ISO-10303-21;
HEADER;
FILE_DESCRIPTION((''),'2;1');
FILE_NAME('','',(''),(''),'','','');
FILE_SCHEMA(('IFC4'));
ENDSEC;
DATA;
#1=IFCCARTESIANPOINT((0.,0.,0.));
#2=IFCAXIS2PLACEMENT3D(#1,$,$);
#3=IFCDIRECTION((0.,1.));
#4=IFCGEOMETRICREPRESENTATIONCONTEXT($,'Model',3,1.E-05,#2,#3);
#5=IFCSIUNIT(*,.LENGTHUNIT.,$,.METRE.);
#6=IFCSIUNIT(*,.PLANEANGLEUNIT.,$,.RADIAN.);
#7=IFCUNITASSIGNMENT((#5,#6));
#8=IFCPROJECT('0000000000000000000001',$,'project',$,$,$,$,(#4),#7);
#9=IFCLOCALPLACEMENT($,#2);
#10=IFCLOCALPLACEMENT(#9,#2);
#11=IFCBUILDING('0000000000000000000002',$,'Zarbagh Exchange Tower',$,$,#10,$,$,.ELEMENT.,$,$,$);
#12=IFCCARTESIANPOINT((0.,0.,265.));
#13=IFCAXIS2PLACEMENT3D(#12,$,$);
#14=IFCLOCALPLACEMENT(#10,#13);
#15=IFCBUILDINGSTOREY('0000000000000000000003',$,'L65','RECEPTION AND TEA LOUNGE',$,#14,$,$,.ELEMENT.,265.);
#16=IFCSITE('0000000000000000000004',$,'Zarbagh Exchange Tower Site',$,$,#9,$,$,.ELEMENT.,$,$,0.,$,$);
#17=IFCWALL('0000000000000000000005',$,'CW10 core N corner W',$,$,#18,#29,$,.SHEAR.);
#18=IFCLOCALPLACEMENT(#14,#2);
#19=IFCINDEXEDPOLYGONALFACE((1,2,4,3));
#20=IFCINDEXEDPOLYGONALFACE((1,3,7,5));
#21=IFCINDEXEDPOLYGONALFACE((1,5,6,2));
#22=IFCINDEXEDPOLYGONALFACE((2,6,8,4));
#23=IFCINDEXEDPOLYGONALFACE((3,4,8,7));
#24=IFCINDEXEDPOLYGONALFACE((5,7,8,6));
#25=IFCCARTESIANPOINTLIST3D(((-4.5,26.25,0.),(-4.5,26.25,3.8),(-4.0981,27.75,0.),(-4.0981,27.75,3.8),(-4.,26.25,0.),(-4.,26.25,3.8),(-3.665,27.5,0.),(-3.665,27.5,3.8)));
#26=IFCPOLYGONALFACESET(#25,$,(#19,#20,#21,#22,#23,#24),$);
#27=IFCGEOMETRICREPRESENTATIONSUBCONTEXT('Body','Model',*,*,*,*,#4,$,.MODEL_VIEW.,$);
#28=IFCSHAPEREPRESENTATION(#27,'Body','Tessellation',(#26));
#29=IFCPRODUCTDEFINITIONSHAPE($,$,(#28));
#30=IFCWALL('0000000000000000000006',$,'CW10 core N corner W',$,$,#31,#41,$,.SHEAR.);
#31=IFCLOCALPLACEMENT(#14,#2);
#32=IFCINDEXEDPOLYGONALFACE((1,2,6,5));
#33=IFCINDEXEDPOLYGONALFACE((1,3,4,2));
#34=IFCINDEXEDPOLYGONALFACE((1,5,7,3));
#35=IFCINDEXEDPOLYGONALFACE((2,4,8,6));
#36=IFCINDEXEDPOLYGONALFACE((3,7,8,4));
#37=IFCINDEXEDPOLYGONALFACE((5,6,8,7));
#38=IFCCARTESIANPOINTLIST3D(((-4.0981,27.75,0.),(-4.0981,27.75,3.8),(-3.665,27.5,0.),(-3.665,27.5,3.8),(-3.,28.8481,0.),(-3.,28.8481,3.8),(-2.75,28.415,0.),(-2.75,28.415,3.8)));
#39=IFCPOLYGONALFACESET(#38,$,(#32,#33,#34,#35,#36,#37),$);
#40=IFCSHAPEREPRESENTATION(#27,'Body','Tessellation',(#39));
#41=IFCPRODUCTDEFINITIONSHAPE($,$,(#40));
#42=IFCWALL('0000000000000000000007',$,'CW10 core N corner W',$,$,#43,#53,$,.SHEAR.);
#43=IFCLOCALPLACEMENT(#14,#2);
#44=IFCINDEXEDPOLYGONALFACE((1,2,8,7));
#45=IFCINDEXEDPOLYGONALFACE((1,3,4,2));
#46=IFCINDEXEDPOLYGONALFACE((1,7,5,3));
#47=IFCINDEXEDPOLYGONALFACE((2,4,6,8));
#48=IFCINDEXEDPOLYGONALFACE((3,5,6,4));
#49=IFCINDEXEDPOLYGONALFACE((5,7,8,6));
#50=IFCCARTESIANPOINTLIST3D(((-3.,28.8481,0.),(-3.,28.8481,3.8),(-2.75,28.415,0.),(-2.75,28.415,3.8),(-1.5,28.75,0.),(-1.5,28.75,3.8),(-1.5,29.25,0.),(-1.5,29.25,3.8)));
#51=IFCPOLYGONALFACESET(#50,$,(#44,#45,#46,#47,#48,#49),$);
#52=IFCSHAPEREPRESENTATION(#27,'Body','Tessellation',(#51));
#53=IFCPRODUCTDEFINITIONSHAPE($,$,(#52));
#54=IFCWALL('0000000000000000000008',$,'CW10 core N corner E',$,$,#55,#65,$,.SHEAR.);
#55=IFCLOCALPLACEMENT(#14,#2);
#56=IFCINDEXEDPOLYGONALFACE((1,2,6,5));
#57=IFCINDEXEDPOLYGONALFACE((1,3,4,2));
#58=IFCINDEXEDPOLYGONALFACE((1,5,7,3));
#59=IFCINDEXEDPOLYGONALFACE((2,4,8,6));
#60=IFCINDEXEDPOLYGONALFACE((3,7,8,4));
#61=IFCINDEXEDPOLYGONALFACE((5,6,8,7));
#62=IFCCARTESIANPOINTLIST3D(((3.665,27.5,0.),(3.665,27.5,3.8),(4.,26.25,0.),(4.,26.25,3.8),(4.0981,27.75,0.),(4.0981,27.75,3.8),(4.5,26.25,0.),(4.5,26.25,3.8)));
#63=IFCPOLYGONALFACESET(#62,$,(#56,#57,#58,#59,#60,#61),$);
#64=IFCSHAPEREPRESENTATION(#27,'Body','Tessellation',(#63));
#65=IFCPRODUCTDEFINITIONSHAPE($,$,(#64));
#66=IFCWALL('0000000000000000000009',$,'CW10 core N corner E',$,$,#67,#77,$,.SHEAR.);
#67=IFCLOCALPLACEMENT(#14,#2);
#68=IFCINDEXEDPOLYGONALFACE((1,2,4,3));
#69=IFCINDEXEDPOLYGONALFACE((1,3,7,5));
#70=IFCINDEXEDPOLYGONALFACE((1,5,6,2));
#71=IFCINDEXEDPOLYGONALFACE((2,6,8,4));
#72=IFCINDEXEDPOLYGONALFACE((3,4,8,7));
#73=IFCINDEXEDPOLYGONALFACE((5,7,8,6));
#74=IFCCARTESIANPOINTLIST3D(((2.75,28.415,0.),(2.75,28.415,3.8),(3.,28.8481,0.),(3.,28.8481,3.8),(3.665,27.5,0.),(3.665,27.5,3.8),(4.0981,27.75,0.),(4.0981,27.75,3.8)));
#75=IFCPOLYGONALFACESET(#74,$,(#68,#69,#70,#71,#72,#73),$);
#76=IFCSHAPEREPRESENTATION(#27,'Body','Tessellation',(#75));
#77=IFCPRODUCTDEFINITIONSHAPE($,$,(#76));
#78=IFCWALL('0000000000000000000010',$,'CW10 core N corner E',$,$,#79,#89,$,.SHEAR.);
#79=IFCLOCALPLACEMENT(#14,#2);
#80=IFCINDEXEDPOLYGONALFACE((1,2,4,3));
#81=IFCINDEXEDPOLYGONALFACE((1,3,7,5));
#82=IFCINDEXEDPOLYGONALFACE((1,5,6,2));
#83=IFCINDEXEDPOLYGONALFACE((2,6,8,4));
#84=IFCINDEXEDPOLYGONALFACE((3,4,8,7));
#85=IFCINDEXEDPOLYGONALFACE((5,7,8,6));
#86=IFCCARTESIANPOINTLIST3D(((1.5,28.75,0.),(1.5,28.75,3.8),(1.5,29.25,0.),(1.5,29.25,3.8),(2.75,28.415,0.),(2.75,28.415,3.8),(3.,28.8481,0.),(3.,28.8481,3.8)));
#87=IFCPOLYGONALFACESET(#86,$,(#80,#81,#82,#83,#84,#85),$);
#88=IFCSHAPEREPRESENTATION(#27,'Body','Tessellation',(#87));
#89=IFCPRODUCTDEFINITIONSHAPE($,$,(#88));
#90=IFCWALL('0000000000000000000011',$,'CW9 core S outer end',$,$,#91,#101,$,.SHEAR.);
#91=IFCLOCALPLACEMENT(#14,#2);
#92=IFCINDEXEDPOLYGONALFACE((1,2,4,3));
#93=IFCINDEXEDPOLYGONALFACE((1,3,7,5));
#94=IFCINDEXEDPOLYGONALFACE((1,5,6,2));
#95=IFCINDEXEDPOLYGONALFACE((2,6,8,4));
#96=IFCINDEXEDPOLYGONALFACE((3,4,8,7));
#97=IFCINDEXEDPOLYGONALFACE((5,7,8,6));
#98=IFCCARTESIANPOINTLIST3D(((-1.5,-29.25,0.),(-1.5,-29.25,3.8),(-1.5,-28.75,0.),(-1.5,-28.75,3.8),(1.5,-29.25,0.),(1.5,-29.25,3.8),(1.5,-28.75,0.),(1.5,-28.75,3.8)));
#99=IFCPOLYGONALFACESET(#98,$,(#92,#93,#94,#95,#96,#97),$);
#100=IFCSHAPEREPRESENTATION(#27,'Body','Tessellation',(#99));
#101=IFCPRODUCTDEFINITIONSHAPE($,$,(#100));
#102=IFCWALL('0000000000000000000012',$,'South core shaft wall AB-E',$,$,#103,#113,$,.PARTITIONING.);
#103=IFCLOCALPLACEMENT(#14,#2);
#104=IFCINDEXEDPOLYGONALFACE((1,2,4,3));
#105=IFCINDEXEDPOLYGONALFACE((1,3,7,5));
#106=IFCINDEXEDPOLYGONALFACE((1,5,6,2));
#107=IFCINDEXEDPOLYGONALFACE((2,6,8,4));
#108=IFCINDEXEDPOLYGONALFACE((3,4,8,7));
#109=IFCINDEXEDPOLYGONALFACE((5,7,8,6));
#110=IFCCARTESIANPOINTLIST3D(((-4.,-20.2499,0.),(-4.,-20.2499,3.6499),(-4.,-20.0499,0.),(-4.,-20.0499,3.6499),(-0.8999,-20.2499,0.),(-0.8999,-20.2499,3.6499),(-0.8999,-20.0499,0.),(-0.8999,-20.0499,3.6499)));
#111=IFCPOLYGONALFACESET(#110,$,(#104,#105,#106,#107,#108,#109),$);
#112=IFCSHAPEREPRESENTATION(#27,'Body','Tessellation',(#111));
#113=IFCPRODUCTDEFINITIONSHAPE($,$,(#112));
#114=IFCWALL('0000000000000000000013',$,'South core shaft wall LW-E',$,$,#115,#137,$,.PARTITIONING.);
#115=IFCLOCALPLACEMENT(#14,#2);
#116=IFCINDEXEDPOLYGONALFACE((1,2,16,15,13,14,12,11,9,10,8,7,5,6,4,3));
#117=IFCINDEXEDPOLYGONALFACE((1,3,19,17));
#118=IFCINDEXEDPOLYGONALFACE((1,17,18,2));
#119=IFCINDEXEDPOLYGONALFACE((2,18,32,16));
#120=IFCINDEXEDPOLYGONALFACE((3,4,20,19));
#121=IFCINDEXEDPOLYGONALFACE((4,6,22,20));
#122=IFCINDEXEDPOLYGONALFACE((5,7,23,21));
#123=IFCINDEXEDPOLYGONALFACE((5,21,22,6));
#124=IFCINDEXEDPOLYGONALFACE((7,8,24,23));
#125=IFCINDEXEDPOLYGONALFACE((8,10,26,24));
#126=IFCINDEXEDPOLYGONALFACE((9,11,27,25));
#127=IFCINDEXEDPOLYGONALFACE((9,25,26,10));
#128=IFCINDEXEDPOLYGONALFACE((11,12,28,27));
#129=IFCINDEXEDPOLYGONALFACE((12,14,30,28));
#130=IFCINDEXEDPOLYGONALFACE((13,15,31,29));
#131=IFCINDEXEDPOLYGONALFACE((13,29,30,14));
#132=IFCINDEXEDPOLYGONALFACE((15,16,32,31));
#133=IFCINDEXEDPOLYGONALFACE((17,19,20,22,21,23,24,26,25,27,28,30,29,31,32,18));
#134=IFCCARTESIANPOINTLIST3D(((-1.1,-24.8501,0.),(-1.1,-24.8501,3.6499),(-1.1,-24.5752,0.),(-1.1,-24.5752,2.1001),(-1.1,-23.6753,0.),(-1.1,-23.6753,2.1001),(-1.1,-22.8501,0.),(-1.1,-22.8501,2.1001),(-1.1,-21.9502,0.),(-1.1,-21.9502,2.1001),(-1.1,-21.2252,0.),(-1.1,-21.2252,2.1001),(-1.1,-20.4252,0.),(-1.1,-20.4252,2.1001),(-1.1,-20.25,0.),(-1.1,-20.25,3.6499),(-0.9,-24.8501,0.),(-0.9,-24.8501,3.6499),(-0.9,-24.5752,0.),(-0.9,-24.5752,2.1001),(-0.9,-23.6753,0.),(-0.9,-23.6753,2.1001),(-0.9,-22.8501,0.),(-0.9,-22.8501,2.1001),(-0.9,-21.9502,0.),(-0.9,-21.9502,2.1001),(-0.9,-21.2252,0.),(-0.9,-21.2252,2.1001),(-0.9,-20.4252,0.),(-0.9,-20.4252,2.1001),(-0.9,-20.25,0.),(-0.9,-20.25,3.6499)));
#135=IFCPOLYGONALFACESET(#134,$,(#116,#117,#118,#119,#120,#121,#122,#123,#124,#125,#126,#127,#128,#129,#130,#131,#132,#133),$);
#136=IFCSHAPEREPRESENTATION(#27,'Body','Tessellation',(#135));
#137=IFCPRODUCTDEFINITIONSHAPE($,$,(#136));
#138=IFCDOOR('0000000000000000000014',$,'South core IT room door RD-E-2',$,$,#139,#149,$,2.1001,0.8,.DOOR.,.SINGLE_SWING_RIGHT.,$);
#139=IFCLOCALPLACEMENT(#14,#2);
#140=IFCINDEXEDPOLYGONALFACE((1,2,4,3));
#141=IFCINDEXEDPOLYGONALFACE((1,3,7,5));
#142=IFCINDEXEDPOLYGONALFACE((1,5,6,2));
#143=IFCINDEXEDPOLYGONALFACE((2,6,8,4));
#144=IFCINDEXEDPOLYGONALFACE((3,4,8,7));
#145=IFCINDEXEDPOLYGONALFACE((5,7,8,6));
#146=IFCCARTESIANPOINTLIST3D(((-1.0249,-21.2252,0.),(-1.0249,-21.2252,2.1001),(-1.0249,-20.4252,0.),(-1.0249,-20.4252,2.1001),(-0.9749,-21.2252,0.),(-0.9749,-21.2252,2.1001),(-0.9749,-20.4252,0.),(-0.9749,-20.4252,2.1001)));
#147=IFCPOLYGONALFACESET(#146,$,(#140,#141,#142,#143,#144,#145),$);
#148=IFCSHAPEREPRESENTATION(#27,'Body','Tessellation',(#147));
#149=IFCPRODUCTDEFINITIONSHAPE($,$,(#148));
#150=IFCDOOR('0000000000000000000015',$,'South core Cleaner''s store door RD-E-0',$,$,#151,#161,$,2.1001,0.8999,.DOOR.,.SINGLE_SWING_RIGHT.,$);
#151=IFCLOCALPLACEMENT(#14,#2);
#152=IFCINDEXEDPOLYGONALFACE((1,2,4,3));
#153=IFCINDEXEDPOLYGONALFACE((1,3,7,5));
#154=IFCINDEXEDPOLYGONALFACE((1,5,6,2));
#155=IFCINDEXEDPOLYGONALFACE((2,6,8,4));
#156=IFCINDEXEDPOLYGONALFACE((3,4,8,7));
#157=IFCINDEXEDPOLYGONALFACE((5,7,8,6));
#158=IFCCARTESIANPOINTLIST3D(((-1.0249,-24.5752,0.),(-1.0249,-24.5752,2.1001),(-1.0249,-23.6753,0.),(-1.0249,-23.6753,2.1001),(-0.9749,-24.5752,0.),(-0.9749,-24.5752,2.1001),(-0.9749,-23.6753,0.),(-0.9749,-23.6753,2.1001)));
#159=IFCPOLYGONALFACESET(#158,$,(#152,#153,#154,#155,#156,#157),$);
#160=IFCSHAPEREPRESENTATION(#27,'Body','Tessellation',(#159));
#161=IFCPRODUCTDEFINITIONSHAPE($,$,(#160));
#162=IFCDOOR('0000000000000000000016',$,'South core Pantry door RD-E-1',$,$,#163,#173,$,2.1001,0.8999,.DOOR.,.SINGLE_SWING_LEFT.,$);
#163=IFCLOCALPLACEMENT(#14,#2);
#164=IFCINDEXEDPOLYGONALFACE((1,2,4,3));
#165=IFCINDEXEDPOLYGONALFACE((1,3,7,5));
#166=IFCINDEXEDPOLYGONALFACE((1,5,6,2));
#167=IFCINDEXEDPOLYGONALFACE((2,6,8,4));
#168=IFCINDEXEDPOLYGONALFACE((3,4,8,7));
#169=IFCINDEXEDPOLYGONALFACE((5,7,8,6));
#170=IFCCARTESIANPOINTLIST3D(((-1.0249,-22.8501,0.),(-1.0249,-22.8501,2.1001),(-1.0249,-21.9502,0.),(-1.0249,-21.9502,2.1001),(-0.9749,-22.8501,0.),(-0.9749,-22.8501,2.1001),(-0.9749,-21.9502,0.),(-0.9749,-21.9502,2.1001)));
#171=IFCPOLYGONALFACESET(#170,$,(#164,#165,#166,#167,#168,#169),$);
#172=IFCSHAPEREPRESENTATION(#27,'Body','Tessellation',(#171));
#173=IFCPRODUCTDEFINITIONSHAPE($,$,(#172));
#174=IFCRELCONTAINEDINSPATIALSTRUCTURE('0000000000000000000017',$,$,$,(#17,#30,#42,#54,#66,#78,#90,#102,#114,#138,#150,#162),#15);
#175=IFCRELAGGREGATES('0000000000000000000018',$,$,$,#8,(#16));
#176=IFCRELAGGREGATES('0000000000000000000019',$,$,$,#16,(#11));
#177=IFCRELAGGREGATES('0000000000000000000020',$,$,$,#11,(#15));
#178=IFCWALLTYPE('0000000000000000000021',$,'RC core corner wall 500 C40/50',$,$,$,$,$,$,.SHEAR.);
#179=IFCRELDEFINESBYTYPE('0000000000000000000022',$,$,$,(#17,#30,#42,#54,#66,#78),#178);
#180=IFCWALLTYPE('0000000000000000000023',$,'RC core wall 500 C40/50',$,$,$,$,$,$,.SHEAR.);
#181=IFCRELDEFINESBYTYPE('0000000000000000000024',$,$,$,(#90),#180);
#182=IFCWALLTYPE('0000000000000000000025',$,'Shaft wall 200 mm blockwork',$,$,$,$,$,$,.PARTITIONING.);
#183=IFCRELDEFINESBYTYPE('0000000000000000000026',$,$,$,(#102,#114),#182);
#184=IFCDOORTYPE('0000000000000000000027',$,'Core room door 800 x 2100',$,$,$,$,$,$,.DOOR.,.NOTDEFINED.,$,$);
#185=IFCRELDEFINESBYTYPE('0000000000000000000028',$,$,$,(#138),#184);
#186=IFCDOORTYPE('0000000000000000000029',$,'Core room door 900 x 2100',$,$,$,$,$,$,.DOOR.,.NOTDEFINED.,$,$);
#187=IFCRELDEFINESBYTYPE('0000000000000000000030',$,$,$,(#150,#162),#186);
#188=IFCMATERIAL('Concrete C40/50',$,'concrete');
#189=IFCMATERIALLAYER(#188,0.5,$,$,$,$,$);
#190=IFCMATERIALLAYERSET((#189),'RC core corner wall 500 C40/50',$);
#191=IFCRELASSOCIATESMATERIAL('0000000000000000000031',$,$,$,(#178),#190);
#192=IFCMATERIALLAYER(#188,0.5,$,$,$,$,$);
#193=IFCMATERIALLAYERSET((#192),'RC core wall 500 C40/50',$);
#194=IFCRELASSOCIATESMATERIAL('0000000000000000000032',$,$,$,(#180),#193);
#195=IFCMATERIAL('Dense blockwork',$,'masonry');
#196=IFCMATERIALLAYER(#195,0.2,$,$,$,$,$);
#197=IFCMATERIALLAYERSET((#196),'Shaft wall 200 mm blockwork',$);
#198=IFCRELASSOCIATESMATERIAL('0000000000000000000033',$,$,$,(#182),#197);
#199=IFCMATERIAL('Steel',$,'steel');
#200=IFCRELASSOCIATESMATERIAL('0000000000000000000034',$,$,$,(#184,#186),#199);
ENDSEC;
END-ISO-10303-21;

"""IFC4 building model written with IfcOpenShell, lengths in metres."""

from ifc_helpers import new_model, si_unit, direction, frame, frame_2d, origin, place, context, subcontext, project, spatial, polyline, rectangle, outline, extrude, material, layer, layer_set, type_object, element, fill, save


model = new_model("IFC4")

# Units and contexts
model_context = context("Model", 3, precision=1e-05, world=origin(), true_north=direction((0.0, 1.0)))
body_context = subcontext(model_context, "Body", "Model", "MODEL_VIEW")
ifc_project = project(units=[si_unit("LENGTHUNIT", "METRE"), si_unit("PLANEANGLEUNIT", "RADIAN")], contexts=[model_context])

# Site, building, storey
site_placement = place(None, origin())
site = spatial("IfcSite", under=ifc_project, at=site_placement, Name="Zarbagh Exchange Tower Site", CompositionType="ELEMENT", RefElevation=0.0)
building_placement = place(site_placement, origin())
building = spatial("IfcBuilding", under=site, at=building_placement, Name="Zarbagh Exchange Tower", CompositionType="ELEMENT")
storey_placement = place(building_placement, frame((0.0, 0.0, 265.0)))
storey = spatial("IfcBuildingStorey", under=building, at=storey_placement, Name="L65", Description="RECEPTION AND TEA LOUNGE", CompositionType="ELEMENT", Elevation=265.0)

# Shared definitions
ifc_material_1 = material(Name="Concrete C40/50", Category="concrete")

# Shared definitions
ifc_material_2 = material(Name="Dense blockwork", Category="masonry")

# Walls
ifc_layer_1 = layer(ifc_material_1, 0.5)
ifc_layer_set_1 = layer_set([ifc_layer_1], Name="RC core corner wall 500 C40/50")
wall_type_1 = type_object("IfcWallType", Name="RC core corner wall 500 C40/50", PredefinedType="SHEAR", material=ifc_layer_set_1)
wall_1_placement = place(storey_placement, origin())
element("IfcWall", 1, at=wall_1_placement, inside=storey, type_object=wall_type_1, Name="CW10 core N corner W", PredefinedType="SHEAR", context=body_context, shape_type="SweptSolid", body=[
    extrude(outline(polyline([(-4.5, 26.25), (-4.0981, 27.75), (-3.665, 27.5), (-4.0, 26.25), (-4.5, 26.25)])), origin(), (0.0, 0.0, 1.0), 3.8),
])
wall_2_placement = place(storey_placement, origin())
element("IfcWall", 2, at=wall_2_placement, inside=storey, type_object=wall_type_1, Name="CW10 core N corner W", PredefinedType="SHEAR", context=body_context, shape_type="SweptSolid", body=[
    extrude(outline(polyline([(-4.0981, 27.75), (-3.0, 28.8481), (-2.75, 28.415), (-3.665, 27.5), (-4.0981, 27.75)])), origin(), (0.0, 0.0, 1.0), 3.8),
])
wall_3_placement = place(storey_placement, origin())
element("IfcWall", 3, at=wall_3_placement, inside=storey, type_object=wall_type_1, Name="CW10 core N corner W", PredefinedType="SHEAR", context=body_context, shape_type="SweptSolid", body=[
    extrude(outline(polyline([(-3.0, 28.8481), (-1.5, 29.25), (-1.5, 28.75), (-2.75, 28.415), (-3.0, 28.8481)])), origin(), (0.0, 0.0, 1.0), 3.8),
])
wall_4_placement = place(storey_placement, origin())
element("IfcWall", 4, at=wall_4_placement, inside=storey, type_object=wall_type_1, Name="CW10 core N corner E", PredefinedType="SHEAR", context=body_context, shape_type="SweptSolid", body=[
    extrude(outline(polyline([(4.5, 26.25), (4.0981, 27.75), (3.665, 27.5), (4.0, 26.25), (4.5, 26.25)])), origin(), (0.0, 0.0, 1.0), 3.8),
])
wall_5_placement = place(storey_placement, origin())
element("IfcWall", 5, at=wall_5_placement, inside=storey, type_object=wall_type_1, Name="CW10 core N corner E", PredefinedType="SHEAR", context=body_context, shape_type="SweptSolid", body=[
    extrude(outline(polyline([(4.0981, 27.75), (3.0, 28.8481), (2.75, 28.415), (3.665, 27.5), (4.0981, 27.75)])), origin(), (0.0, 0.0, 1.0), 3.8),
])
wall_6_placement = place(storey_placement, origin())
element("IfcWall", 6, at=wall_6_placement, inside=storey, type_object=wall_type_1, Name="CW10 core N corner E", PredefinedType="SHEAR", context=body_context, shape_type="SweptSolid", body=[
    extrude(outline(polyline([(3.0, 28.8481), (1.5, 29.25), (1.5, 28.75), (2.75, 28.415), (3.0, 28.8481)])), origin(), (0.0, 0.0, 1.0), 3.8),
])
ifc_layer_2 = layer(ifc_material_1, 0.5)
ifc_layer_set_2 = layer_set([ifc_layer_2], Name="RC core wall 500 C40/50")
wall_type_2 = type_object("IfcWallType", Name="RC core wall 500 C40/50", PredefinedType="SHEAR", material=ifc_layer_set_2)
wall_7_placement = place(storey_placement, frame((-1.5, -29.0, 0.0), z_axis=(0.0, 0.0, 1.0), x_axis=(1.0, 0.0, 0.0)))
element("IfcWall", 7, at=wall_7_placement, inside=storey, type_object=wall_type_2, Name="CW9 core S outer end", PredefinedType="SHEAR", context=body_context, shape_type="SweptSolid", body=[
    extrude(rectangle(XDim=3.0, YDim=0.5, at=frame_2d((1.5, 0.0))), origin(), (0.0, 0.0, 1.0), 3.8),
])
ifc_layer_3 = layer(ifc_material_2, 0.2)
ifc_layer_set_3 = layer_set([ifc_layer_3], Name="Shaft wall 200 mm blockwork")
wall_type_3 = type_object("IfcWallType", Name="Shaft wall 200 mm blockwork", PredefinedType="PARTITIONING", material=ifc_layer_set_3)
wall_8_placement = place(storey_placement, frame((-0.8999, -20.1499, 0.0), z_axis=(0.0, 0.0, 1.0), x_axis=(-1.0, 0.0, 0.0)))
element("IfcWall", 8, at=wall_8_placement, inside=storey, type_object=wall_type_3, Name="South core shaft wall AB-E", PredefinedType="PARTITIONING", context=body_context, shape_type="SweptSolid", body=[
    extrude(rectangle(XDim=3.1001, YDim=0.2, at=frame_2d((1.55, 0.0))), origin(), (0.0, 0.0, 1.0), 3.6499),
])

# Wall, openings, doors
wall_9_placement = place(storey_placement, frame((-1.0, -24.8501, 0.0), z_axis=(0.0, 0.0, 1.0), x_axis=(0.0, 1.0, 0.0)))
wall_9 = element("IfcWall", 9, at=wall_9_placement, inside=storey, type_object=wall_type_3, Name="South core shaft wall LW-E", PredefinedType="PARTITIONING", context=body_context, shape_type="SweptSolid", body=[
    extrude(rectangle(XDim=4.6001, YDim=0.2, at=frame_2d((2.3, 0.0))), origin(), (0.0, 0.0, 1.0), 3.6499),
])
opening_1_placement = place(wall_9_placement, frame((0.2749, 0.0, 0.0)))
opening_1 = element("IfcOpeningElement", 10, at=opening_1_placement, cuts=wall_9, PredefinedType="OPENING", context=body_context, shape_type="SweptSolid", body=[
    extrude(rectangle(XDim=0.8999, YDim=2.1001, at=frame_2d((0.45, 1.05))), frame((0.0, 0.1099, 0.0), z_axis=(0.0, -1.0, 0.0), x_axis=(1.0, 0.0, 0.0)), (0.0, 0.0, 1.0), 0.22),
])
opening_2_placement = place(wall_9_placement, frame((2.0, 0.0, 0.0)))
opening_2 = element("IfcOpeningElement", 11, at=opening_2_placement, cuts=wall_9, PredefinedType="OPENING", context=body_context, shape_type="SweptSolid", body=[
    extrude(rectangle(XDim=0.8999, YDim=2.1001, at=frame_2d((0.45, 1.05))), frame((0.0, 0.1099, 0.0), z_axis=(0.0, -1.0, 0.0), x_axis=(1.0, 0.0, 0.0)), (0.0, 0.0, 1.0), 0.22),
])
opening_3_placement = place(wall_9_placement, frame((3.625, 0.0, 0.0)))
opening_3 = element("IfcOpeningElement", 12, at=opening_3_placement, cuts=wall_9, PredefinedType="OPENING", context=body_context, shape_type="SweptSolid", body=[
    extrude(rectangle(XDim=0.8, YDim=2.1001, at=frame_2d((0.3999, 1.05))), frame((0.0, 0.1099, 0.0), z_axis=(0.0, -1.0, 0.0), x_axis=(1.0, 0.0, 0.0)), (0.0, 0.0, 1.0), 0.22),
])
ifc_material_3 = material(Name="Steel", Category="steel")
door_type_1 = type_object("IfcDoorType", Name="Core room door 800 x 2100", OperationType="NOTDEFINED", PredefinedType="DOOR", material=ifc_material_3)
door_1_placement = place(opening_3_placement, origin())
door_1 = element("IfcDoor", 13, at=door_1_placement, inside=storey, type_object=door_type_1, Name="South core IT room door RD-E-2", OperationType="SINGLE_SWING_RIGHT", OverallHeight=2.1001, OverallWidth=0.8, PredefinedType="DOOR", context=body_context, shape_type="SweptSolid", body=[
    extrude(rectangle(XDim=0.8, YDim=2.1001, at=frame_2d((0.3999, 1.05))), frame((0.0, 0.0249, 0.0), z_axis=(0.0, -1.0, 0.0), x_axis=(1.0, 0.0, 0.0)), (0.0, 0.0, 1.0), 0.05),
])
fill(opening_3, door_1)
door_type_2 = type_object("IfcDoorType", Name="Core room door 900 x 2100", OperationType="NOTDEFINED", PredefinedType="DOOR", material=ifc_material_3)
door_2_placement = place(opening_1_placement, origin())
door_2 = element("IfcDoor", 14, at=door_2_placement, inside=storey, type_object=door_type_2, Name="South core Cleaner's store door RD-E-0", OperationType="SINGLE_SWING_RIGHT", OverallHeight=2.1001, OverallWidth=0.8999, PredefinedType="DOOR", context=body_context, shape_type="SweptSolid", body=[
    extrude(rectangle(XDim=0.8999, YDim=2.1001, at=frame_2d((0.45, 1.05))), frame((0.0, 0.0249, 0.0), z_axis=(0.0, -1.0, 0.0), x_axis=(1.0, 0.0, 0.0)), (0.0, 0.0, 1.0), 0.05),
])
fill(opening_1, door_2)
door_3_placement = place(opening_2_placement, origin())
door_3 = element("IfcDoor", 15, at=door_3_placement, inside=storey, type_object=door_type_2, Name="South core Pantry door RD-E-1", OperationType="SINGLE_SWING_LEFT", OverallHeight=2.1001, OverallWidth=0.8999, PredefinedType="DOOR", context=body_context, shape_type="SweptSolid", body=[
    extrude(rectangle(XDim=0.8999, YDim=2.1001, at=frame_2d((0.45, 1.05))), frame((0.0, 0.0249, 0.0), z_axis=(0.0, -1.0, 0.0), x_axis=(1.0, 0.0, 0.0)), (0.0, 0.0, 1.0), 0.05),
])
fill(opening_2, door_3)

save(model, "model.ifc")
